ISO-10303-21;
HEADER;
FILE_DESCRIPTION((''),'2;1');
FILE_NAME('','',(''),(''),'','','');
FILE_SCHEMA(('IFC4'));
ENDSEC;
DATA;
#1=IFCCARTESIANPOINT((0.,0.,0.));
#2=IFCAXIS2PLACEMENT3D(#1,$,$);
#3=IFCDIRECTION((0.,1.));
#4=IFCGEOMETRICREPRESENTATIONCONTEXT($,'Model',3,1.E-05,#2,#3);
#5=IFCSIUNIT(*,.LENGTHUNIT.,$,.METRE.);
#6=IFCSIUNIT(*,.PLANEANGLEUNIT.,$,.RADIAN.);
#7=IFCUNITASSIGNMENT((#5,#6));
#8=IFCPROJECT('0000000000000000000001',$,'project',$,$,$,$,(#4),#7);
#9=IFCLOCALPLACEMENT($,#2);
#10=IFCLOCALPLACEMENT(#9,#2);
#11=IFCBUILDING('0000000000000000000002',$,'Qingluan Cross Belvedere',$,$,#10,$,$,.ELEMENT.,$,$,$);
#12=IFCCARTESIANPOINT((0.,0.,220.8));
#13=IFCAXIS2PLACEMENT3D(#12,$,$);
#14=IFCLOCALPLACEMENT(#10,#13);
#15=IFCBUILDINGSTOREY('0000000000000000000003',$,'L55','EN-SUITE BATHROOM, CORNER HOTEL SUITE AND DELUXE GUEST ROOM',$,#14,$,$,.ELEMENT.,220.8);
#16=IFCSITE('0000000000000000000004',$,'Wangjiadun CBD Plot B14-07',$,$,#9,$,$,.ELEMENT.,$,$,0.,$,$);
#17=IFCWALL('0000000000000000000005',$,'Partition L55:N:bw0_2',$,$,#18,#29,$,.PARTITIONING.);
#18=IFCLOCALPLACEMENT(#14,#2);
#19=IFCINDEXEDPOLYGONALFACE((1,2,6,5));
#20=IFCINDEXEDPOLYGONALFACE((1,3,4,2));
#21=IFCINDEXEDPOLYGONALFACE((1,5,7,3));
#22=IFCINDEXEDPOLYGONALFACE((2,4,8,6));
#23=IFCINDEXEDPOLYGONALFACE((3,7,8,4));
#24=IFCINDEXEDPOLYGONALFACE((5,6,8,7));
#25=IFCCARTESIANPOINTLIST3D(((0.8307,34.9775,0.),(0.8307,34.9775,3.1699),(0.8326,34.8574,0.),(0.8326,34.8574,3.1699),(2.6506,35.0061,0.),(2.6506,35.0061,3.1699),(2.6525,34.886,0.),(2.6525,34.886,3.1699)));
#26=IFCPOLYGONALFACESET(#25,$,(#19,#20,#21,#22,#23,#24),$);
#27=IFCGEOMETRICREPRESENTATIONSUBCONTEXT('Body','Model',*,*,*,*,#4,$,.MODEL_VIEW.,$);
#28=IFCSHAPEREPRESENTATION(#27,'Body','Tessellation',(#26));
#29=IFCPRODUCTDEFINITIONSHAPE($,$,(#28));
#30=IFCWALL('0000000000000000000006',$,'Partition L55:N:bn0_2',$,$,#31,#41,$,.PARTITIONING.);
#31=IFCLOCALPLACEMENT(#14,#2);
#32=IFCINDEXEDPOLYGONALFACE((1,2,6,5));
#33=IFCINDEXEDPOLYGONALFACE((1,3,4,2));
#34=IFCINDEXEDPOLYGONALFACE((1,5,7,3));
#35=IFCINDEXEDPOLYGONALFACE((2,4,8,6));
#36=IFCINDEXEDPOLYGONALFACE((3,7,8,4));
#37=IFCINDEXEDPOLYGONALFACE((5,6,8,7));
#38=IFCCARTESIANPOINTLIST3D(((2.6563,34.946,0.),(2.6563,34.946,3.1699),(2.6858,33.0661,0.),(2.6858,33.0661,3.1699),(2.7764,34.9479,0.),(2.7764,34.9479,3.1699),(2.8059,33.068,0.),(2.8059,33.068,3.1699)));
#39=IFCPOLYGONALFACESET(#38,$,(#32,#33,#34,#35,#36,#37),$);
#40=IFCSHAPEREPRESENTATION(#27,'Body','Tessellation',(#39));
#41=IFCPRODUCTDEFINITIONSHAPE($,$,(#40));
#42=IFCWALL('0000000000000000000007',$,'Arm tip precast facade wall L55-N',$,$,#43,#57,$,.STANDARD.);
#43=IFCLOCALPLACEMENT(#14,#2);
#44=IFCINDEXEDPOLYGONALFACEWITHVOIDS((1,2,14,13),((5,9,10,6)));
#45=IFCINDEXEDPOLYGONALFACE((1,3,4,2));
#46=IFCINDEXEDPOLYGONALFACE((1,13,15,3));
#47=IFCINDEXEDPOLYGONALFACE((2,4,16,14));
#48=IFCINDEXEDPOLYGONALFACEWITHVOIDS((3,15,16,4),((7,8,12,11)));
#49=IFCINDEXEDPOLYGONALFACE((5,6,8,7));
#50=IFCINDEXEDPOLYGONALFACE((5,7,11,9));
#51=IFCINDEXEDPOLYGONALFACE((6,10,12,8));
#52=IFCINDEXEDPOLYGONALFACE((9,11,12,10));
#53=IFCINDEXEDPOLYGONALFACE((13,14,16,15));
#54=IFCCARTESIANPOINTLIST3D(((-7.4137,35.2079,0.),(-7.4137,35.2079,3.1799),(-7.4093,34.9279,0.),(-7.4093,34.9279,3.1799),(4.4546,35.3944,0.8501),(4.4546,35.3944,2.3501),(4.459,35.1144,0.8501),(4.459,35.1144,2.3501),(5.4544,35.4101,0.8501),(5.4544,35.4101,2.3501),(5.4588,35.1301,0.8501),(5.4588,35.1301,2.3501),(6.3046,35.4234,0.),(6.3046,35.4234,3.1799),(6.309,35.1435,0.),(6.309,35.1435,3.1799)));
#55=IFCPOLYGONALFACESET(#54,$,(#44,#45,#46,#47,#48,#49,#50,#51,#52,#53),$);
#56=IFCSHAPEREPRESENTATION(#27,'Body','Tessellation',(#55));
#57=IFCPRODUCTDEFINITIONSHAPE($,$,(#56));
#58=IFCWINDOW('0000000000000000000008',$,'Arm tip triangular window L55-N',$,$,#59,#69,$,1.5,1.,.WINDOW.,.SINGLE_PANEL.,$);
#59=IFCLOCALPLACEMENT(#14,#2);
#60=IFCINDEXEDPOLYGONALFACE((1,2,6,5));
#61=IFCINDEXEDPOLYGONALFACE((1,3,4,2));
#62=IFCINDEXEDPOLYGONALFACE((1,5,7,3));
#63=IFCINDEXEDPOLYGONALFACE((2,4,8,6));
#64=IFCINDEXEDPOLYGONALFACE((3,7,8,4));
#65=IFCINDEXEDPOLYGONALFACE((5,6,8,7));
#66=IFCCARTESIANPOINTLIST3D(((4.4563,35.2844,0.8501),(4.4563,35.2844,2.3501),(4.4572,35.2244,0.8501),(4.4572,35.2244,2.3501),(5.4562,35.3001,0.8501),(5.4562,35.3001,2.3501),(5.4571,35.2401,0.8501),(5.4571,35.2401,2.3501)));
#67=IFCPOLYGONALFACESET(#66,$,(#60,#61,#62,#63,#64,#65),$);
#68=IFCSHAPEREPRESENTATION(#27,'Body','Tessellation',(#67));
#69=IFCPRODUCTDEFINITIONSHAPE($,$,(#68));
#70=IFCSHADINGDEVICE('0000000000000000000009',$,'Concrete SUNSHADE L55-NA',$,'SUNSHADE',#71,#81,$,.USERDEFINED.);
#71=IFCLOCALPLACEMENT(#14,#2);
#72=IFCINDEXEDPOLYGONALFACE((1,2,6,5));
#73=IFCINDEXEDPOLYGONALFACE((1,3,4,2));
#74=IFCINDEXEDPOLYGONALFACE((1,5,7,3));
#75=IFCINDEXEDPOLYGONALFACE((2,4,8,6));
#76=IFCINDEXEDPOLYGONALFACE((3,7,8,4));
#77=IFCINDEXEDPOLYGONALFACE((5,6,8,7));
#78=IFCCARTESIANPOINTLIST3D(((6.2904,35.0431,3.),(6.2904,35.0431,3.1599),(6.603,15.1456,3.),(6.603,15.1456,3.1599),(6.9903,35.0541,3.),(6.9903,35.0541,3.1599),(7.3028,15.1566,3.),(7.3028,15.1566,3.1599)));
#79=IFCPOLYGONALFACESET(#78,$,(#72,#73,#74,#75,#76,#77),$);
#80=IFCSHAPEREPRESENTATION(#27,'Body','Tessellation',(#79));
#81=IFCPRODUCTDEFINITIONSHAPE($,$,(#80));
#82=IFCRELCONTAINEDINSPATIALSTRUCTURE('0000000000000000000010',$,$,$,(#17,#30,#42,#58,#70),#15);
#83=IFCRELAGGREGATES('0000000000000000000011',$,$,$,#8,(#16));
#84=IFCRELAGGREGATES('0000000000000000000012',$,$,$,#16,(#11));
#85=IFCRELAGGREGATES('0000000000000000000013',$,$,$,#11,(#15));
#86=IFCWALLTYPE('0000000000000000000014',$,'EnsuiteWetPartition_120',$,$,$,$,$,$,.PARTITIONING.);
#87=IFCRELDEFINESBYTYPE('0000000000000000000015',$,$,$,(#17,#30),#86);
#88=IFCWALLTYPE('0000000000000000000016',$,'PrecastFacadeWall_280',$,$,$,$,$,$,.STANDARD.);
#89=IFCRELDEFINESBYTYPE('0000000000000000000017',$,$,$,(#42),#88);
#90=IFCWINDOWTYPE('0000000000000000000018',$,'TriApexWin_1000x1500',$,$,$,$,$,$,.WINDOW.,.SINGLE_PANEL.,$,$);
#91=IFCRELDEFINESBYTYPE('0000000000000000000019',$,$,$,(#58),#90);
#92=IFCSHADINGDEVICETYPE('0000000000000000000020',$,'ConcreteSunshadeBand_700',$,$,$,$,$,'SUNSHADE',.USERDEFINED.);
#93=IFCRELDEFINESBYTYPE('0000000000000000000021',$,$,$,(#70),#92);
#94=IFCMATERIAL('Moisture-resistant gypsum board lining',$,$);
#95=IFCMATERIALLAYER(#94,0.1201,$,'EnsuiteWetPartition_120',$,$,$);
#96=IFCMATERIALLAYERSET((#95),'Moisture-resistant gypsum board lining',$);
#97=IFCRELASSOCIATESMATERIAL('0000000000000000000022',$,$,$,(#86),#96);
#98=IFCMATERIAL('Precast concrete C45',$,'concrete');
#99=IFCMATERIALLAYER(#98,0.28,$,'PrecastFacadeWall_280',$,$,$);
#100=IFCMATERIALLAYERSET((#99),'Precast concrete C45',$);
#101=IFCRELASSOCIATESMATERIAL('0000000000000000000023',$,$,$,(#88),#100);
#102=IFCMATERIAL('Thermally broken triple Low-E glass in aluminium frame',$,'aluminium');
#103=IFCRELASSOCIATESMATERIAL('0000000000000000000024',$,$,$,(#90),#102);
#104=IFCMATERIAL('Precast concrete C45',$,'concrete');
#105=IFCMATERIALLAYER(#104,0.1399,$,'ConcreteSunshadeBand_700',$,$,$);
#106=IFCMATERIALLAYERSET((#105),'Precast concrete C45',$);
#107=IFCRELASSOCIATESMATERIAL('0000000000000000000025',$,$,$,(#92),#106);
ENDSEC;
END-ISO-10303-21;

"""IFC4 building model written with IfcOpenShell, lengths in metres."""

from ifc_helpers import new_model, si_unit, direction, frame, frame_2d, origin, origin_2d, place, context, subcontext, project, spatial, rectangle, extrude, material, layer, layer_set, type_object, element, fill, save


model = new_model("IFC4")

# Units and contexts
model_context = context("Model", 3, precision=1e-05, world=origin(), true_north=direction((0.0, 1.0)))
body_context = subcontext(model_context, "Body", "Model", "MODEL_VIEW")
ifc_project = project(units=[si_unit("LENGTHUNIT", "METRE"), si_unit("PLANEANGLEUNIT", "RADIAN")], contexts=[model_context])

# Site, building, storey
site_placement = place(None, origin())
site = spatial("IfcSite", under=ifc_project, at=site_placement, Name="Wangjiadun CBD Plot B14-07", CompositionType="ELEMENT", RefElevation=0.0)
building_placement = place(site_placement, origin())
building = spatial("IfcBuilding", under=site, at=building_placement, Name="Qingluan Cross Belvedere", CompositionType="ELEMENT")
storey_placement = place(building_placement, frame((0.0, 0.0, 220.8)))
storey = spatial("IfcBuildingStorey", under=building, at=storey_placement, Name="L55", Description="EN-SUITE BATHROOM, CORNER HOTEL SUITE AND DELUXE GUEST ROOM", CompositionType="ELEMENT", Elevation=220.8)

# Shared definitions
ifc_material_1 = material(Name="Moisture-resistant gypsum board lining")
ifc_layer_1 = layer(ifc_material_1, 0.1201, Name="EnsuiteWetPartition_120")
ifc_layer_set_1 = layer_set([ifc_layer_1], Name="Moisture-resistant gypsum board lining")
wall_type_1 = type_object("IfcWallType", Name="EnsuiteWetPartition_120", PredefinedType="PARTITIONING", material=ifc_layer_set_1)

# Walls
wall_1_placement = place(storey_placement, frame((0.8315, 34.9175, 0.0), z_axis=(0.0, 0.0, 1.0), x_axis=(0.999877, 0.015694, 0.0)))
element("IfcWall", 1, at=wall_1_placement, inside=storey, type_object=wall_type_1, Name="Partition L55:N:bw0_2", PredefinedType="PARTITIONING", context=body_context, shape_type="SweptSolid", body=[
    extrude(rectangle(XDim=1.8201, YDim=0.1201, at=frame_2d((0.9102, 0.0))), origin(), (0.0, 0.0, 1.0), 3.1699),
])
wall_2_placement = place(storey_placement, frame((2.7458, 33.0671, 0.0), z_axis=(0.0, 0.0, 1.0), x_axis=(-0.015712, 0.999877, 0.0)))
element("IfcWall", 2, at=wall_2_placement, inside=storey, type_object=wall_type_1, Name="Partition L55:N:bn0_2", PredefinedType="PARTITIONING", context=body_context, shape_type="SweptSolid", body=[
    extrude(rectangle(XDim=1.8801, YDim=0.1201, at=frame_2d((0.9399, 0.0))), origin(), (0.0, 0.0, 1.0), 3.1699),
])

# Wall, opening, window
ifc_material_2 = material(Name="Precast concrete C45", Category="concrete")
ifc_layer_2 = layer(ifc_material_2, 0.28, Name="PrecastFacadeWall_280")
ifc_layer_set_2 = layer_set([ifc_layer_2], Name="Precast concrete C45")
wall_type_2 = type_object("IfcWallType", Name="PrecastFacadeWall_280", PredefinedType="STANDARD", material=ifc_layer_set_2)
wall_3_placement = place(storey_placement, frame((6.3066, 35.2834, 0.0), z_axis=(0.0, 0.0, 1.0), x_axis=(-0.999877, -0.015713, 0.0)))
wall_3 = element("IfcWall", 3, at=wall_3_placement, inside=storey, type_object=wall_type_2, Name="Arm tip precast facade wall L55-N", PredefinedType="STANDARD", context=body_context, shape_type="SweptSolid", body=[
    extrude(rectangle(XDim=13.72, YDim=0.28, at=frame_2d((6.8599, 0.0))), origin(), (0.0, 0.0, 1.0), 3.1799),
])
opening_1_placement = place(wall_3_placement, frame((0.8501, 0.0, 0.8501)))
opening_1 = element("IfcOpeningElement", 4, at=opening_1_placement, cuts=wall_3, PredefinedType="OPENING", context=body_context, shape_type="SweptSolid", body=[
    extrude(rectangle(XDim=1.0, YDim=1.5, at=frame_2d((0.5, 0.75))), frame((0.0, 0.1499, 0.0), z_axis=(0.0, -1.0, 0.0), x_axis=(1.0, 0.0, 0.0)), (0.0, 0.0, 1.0), 0.3),
])
ifc_material_3 = material(Name="Thermally broken triple Low-E glass in aluminium frame", Category="aluminium")
window_type = type_object("IfcWindowType", Name="TriApexWin_1000x1500", PartitioningType="SINGLE_PANEL", PredefinedType="WINDOW", material=ifc_material_3)
window_placement = place(opening_1_placement, origin())
window = element("IfcWindow", 5, at=window_placement, inside=storey, type_object=window_type, Name="Arm tip triangular window L55-N", OverallHeight=1.5, OverallWidth=1.0, PartitioningType="SINGLE_PANEL", PredefinedType="WINDOW", context=body_context, shape_type="SweptSolid", body=[
    extrude(rectangle(XDim=1.0, YDim=1.5, at=frame_2d((0.5, 0.75))), frame((0.0, 0.03, 0.0), z_axis=(0.0, -1.0, 0.0), x_axis=(1.0, 0.0, 0.0)), (0.0, 0.0, 1.0), 0.0601),
])
fill(opening_1, window)

# Shading device
ifc_material_4 = material(Name="Precast concrete C45", Category="concrete")
ifc_layer_3 = layer(ifc_material_4, 0.1399, Name="ConcreteSunshadeBand_700")
ifc_layer_set_3 = layer_set([ifc_layer_3], Name="Precast concrete C45")
shading_device_type = type_object("IfcShadingDeviceType", Name="ConcreteSunshadeBand_700", ElementType="SUNSHADE", PredefinedType="USERDEFINED", material=ifc_layer_set_3)
shading_device_placement = place(storey_placement, frame((6.7966, 25.0999, 3.0), z_axis=(0.0, 0.0, 1.0), x_axis=(-0.015706, 0.999877, 0.0)))
element("IfcShadingDevice", 6, at=shading_device_placement, inside=storey, type_object=shading_device_type, Name="Concrete SUNSHADE L55-NA", ObjectType="SUNSHADE", PredefinedType="USERDEFINED", context=body_context, shape_type="SweptSolid", body=[
    extrude(rectangle(XDim=19.8999, YDim=0.7, at=origin_2d()), origin(), (0.0, 0.0, 1.0), 0.1599),
])

save(model, "model.ifc")
